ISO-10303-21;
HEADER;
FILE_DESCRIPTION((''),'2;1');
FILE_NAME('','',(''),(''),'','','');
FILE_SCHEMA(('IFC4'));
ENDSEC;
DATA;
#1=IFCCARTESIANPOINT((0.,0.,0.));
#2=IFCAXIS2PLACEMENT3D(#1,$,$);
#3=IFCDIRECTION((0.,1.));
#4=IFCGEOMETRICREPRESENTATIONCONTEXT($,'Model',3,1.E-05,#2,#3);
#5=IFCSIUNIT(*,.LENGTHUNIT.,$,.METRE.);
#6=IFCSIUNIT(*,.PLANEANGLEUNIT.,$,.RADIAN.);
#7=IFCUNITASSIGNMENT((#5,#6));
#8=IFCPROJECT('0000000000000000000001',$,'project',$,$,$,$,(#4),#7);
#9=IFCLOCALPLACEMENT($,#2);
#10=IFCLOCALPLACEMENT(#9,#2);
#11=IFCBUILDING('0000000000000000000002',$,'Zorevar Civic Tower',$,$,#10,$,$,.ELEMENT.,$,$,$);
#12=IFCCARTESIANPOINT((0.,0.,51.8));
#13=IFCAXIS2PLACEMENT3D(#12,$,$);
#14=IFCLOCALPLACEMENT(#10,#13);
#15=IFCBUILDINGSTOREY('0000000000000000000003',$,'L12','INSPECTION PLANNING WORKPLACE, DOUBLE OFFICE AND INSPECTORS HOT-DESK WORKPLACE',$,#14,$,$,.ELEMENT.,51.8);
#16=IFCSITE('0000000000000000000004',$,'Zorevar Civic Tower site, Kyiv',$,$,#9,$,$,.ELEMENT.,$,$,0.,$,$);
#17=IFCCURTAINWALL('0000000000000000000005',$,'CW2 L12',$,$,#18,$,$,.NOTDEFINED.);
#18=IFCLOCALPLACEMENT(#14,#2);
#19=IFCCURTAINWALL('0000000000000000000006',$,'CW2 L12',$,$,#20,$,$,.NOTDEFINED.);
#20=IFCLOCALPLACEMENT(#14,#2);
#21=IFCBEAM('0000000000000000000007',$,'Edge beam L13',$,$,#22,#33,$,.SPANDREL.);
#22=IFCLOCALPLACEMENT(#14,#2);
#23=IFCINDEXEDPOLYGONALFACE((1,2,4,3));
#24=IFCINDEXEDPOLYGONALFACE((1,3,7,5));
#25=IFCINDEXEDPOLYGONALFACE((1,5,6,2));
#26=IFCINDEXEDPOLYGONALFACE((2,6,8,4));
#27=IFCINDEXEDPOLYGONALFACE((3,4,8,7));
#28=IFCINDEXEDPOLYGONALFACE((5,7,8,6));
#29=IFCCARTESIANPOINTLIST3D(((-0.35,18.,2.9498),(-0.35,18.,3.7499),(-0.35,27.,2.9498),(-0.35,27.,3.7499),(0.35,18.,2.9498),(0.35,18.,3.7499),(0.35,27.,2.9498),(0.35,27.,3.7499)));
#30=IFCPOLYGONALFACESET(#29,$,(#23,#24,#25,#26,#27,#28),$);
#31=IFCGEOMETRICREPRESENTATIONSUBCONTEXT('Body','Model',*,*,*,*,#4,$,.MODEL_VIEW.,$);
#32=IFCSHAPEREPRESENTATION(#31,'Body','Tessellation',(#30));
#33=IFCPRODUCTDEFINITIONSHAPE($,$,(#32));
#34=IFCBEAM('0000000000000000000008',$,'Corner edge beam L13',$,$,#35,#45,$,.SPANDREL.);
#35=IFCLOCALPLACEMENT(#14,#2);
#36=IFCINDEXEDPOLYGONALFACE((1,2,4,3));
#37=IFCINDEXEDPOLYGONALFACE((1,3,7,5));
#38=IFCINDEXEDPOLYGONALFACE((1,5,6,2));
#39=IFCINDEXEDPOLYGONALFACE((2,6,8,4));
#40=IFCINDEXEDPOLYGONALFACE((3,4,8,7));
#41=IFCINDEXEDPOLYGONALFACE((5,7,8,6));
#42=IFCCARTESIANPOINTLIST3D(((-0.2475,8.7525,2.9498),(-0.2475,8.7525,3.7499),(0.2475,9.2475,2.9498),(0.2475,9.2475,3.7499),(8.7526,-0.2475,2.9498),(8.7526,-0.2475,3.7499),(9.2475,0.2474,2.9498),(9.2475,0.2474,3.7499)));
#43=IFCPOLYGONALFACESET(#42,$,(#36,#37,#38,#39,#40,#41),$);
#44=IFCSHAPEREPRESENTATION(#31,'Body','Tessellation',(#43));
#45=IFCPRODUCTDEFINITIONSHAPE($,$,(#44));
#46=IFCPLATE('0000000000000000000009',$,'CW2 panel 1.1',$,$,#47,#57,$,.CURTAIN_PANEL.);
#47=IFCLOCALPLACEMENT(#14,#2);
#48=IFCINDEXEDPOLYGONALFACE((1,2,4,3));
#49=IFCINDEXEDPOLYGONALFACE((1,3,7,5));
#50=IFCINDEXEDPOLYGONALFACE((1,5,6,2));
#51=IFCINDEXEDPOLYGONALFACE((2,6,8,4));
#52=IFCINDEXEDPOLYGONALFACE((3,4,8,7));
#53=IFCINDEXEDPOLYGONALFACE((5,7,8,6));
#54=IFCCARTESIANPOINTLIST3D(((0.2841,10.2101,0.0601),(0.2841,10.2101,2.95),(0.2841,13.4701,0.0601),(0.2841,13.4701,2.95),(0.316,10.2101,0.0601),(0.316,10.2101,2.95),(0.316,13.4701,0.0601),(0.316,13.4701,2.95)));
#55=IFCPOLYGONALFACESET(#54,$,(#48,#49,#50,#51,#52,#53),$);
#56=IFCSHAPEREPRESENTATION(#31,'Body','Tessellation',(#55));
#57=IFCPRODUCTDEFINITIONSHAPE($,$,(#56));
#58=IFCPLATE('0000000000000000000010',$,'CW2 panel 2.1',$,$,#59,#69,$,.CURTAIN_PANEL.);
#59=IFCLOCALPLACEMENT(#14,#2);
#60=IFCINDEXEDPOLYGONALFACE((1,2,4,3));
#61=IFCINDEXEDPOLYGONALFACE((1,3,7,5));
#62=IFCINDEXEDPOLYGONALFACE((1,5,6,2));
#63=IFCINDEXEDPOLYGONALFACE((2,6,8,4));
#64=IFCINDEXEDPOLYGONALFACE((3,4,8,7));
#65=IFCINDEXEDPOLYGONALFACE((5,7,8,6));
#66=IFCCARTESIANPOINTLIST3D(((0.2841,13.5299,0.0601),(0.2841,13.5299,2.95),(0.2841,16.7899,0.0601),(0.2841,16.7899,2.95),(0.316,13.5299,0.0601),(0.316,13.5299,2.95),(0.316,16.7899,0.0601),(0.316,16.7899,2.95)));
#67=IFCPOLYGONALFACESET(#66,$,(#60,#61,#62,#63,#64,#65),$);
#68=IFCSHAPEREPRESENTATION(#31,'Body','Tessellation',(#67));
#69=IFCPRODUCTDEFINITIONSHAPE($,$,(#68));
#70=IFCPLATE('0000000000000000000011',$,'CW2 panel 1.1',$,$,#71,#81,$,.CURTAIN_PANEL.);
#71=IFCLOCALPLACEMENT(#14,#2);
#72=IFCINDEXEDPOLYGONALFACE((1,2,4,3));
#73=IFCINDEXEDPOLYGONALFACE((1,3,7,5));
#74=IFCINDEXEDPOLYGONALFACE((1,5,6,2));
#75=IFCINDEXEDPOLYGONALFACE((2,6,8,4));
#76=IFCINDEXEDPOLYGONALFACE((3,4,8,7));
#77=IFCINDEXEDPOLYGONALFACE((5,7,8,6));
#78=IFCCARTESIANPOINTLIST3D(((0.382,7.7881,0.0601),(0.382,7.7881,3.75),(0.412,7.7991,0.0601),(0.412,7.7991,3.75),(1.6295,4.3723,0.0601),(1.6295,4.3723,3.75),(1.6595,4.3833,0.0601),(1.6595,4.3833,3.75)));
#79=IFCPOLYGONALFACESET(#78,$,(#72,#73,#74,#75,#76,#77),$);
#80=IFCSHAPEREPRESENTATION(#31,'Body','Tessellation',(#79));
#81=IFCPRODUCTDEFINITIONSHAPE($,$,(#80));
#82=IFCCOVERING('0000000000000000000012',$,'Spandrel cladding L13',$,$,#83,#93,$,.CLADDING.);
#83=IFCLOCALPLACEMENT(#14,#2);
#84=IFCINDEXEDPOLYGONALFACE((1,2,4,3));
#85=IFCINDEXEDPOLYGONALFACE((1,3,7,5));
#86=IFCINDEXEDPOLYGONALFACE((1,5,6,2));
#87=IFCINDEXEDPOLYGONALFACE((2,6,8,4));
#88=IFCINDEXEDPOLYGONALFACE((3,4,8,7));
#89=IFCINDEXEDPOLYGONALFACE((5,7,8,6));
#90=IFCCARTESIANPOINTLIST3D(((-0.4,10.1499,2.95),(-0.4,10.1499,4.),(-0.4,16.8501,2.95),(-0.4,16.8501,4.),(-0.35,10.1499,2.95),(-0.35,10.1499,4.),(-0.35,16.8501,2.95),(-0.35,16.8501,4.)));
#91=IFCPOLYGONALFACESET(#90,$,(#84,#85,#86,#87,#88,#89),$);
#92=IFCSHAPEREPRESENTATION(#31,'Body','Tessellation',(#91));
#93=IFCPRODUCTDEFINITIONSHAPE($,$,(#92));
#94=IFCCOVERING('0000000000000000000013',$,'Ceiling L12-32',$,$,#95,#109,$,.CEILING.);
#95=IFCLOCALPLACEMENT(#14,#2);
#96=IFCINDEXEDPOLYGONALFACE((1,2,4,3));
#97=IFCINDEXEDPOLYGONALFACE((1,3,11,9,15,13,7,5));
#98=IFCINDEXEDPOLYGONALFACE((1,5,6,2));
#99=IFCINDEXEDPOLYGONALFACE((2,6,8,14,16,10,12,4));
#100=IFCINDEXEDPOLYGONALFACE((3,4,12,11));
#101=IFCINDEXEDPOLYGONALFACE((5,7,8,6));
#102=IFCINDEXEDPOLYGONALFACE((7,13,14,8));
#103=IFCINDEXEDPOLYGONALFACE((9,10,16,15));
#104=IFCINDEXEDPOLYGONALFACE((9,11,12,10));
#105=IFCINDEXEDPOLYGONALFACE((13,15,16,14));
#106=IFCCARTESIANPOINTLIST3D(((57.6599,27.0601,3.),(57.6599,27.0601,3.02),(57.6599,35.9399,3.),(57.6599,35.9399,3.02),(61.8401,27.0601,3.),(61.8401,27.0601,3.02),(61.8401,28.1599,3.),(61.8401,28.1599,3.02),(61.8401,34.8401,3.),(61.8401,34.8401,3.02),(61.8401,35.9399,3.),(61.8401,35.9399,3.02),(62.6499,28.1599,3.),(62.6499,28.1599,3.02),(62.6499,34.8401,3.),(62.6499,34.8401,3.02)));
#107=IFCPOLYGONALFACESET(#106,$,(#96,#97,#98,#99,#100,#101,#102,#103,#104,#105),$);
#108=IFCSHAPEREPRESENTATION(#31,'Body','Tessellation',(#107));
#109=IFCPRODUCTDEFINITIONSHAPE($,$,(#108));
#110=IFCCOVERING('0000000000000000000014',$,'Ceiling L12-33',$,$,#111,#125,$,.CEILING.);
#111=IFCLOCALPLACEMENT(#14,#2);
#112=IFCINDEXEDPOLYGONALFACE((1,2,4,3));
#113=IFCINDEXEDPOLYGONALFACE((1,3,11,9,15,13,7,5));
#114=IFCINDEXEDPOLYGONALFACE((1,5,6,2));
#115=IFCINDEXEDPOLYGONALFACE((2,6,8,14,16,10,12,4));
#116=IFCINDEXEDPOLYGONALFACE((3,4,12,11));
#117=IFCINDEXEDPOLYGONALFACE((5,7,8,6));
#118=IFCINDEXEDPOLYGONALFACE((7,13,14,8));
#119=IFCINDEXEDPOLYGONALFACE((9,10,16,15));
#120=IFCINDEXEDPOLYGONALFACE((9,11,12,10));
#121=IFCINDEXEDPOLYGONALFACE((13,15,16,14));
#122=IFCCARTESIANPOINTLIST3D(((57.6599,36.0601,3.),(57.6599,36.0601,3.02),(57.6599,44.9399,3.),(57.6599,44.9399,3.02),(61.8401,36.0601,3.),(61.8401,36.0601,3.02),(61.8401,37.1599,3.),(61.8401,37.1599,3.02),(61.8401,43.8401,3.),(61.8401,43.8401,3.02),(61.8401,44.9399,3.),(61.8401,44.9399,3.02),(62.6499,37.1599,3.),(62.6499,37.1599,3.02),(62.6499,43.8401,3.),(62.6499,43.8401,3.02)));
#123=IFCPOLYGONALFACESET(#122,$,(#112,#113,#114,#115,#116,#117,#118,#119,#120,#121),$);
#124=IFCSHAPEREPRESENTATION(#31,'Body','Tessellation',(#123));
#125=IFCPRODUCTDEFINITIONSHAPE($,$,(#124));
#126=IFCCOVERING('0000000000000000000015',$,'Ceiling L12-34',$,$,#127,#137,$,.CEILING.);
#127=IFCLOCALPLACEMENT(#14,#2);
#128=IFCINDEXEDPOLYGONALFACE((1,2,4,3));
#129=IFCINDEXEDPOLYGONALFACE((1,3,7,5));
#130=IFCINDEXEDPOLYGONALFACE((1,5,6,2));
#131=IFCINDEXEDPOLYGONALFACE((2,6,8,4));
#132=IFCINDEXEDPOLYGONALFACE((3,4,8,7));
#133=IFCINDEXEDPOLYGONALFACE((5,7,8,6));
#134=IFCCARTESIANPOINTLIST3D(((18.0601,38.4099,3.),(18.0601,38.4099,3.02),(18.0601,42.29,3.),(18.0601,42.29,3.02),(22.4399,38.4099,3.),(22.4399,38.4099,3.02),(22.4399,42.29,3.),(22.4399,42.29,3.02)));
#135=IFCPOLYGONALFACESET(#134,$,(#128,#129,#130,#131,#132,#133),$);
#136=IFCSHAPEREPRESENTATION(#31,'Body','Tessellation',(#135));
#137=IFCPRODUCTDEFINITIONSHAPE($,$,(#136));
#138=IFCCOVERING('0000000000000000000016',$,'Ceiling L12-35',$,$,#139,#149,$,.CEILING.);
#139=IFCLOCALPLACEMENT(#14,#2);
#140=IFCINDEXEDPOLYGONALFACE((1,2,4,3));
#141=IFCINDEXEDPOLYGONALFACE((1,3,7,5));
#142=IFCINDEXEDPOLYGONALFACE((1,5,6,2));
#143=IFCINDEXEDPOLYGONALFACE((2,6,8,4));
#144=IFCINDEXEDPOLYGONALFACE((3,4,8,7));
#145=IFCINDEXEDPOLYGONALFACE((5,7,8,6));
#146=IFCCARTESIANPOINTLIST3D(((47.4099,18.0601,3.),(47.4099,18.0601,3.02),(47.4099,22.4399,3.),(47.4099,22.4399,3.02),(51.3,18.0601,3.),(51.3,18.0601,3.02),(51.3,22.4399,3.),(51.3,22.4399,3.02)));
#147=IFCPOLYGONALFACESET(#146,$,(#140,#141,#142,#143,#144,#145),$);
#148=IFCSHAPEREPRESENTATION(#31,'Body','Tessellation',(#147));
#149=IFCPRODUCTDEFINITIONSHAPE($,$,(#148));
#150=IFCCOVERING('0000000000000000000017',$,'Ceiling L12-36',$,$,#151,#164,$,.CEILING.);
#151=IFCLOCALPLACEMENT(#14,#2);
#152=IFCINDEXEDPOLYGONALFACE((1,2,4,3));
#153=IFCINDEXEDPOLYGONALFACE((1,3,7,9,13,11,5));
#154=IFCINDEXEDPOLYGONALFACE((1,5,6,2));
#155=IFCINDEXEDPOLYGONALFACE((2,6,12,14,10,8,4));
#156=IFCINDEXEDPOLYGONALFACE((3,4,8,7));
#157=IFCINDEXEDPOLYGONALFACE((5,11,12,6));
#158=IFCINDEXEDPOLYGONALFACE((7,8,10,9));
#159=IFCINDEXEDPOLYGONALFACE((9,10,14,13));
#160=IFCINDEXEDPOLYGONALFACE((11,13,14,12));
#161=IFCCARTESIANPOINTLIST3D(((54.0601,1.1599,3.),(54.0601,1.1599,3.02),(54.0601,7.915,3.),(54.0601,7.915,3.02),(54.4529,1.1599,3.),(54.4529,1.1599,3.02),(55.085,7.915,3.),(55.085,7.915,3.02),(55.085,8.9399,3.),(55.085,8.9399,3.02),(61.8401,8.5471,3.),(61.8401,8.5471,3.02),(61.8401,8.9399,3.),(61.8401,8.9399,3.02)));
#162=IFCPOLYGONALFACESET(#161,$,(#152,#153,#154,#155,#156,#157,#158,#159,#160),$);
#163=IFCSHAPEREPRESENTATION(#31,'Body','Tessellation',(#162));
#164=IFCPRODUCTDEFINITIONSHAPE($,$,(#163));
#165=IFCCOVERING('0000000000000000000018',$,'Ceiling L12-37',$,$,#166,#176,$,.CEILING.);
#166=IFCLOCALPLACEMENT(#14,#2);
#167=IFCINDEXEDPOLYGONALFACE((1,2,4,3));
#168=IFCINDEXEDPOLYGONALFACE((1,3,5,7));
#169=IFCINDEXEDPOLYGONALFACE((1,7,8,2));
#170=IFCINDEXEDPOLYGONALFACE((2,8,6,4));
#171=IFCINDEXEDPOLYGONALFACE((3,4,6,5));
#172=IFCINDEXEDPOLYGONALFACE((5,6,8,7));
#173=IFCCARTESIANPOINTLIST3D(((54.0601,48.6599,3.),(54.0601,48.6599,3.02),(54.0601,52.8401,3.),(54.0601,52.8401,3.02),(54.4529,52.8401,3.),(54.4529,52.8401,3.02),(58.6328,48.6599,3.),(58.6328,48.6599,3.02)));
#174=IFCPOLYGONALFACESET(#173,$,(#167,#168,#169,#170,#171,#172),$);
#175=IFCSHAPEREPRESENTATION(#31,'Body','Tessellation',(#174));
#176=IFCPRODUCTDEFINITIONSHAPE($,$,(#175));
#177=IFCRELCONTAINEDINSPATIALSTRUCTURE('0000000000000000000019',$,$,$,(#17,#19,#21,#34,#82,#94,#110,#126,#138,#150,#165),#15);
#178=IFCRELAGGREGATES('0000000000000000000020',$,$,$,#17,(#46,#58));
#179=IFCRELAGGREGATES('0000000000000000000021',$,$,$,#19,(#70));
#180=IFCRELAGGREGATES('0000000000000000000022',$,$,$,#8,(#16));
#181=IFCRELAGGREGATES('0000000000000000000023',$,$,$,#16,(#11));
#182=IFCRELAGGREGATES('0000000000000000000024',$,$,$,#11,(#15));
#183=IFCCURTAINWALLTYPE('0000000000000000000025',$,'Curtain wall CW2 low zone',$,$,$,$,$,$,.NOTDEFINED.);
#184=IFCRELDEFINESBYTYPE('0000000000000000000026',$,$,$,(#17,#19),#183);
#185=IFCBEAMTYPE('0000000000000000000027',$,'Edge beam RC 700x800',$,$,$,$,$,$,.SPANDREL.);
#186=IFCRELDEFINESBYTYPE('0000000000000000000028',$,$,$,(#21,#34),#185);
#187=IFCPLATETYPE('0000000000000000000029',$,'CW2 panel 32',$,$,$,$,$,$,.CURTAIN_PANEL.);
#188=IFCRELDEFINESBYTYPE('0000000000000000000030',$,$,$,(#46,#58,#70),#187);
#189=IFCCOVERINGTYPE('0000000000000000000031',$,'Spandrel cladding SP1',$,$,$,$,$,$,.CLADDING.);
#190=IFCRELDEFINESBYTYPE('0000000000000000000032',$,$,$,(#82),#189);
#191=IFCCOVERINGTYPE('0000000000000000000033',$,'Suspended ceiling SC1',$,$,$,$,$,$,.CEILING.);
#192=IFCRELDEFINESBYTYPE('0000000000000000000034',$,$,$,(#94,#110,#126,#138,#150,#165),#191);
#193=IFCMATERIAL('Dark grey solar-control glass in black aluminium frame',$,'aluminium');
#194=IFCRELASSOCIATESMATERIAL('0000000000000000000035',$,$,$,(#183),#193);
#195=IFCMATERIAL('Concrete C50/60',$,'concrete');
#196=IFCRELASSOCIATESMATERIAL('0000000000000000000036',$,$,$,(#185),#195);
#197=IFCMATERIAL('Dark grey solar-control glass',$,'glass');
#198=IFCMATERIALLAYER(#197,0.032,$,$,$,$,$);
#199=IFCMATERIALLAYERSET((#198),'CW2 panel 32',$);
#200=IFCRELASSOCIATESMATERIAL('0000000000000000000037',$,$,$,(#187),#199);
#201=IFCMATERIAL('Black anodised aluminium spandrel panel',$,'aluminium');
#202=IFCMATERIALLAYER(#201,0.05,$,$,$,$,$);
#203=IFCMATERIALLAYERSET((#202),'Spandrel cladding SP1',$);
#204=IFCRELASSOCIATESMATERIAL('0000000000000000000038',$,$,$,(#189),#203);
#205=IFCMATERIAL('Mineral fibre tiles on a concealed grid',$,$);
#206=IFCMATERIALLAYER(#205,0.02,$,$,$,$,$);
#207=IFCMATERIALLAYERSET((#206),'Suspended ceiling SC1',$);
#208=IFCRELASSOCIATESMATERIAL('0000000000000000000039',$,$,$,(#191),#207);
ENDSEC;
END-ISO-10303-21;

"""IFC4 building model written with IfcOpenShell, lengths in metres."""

from ifc_helpers import new_model, si_unit, direction, frame, frame_2d, origin, origin_2d, place, context, subcontext, project, spatial, polyline, rectangle, outline, extrude, material, layer, layer_set, material_profile, profile_set, type_object, element, aggregate, save


model = new_model("IFC4")

# Units and contexts
model_context = context("Model", 3, precision=1e-05, world=origin(), true_north=direction((0.0, 1.0)))
body_context = subcontext(model_context, "Body", "Model", "MODEL_VIEW")
ifc_project = project(units=[si_unit("LENGTHUNIT", "METRE"), si_unit("PLANEANGLEUNIT", "RADIAN")], contexts=[model_context])

# Site, building, storey
site_placement = place(None, origin())
site = spatial("IfcSite", under=ifc_project, at=site_placement, Name="Zorevar Civic Tower site, Kyiv", CompositionType="ELEMENT", RefElevation=0.0)
building_placement = place(site_placement, origin())
building = spatial("IfcBuilding", under=site, at=building_placement, Name="Zorevar Civic Tower", CompositionType="ELEMENT")
storey_placement = place(building_placement, frame((0.0, 0.0, 51.8)))
storey = spatial("IfcBuildingStorey", under=building, at=storey_placement, Name="L12", Description="INSPECTION PLANNING WORKPLACE, DOUBLE OFFICE AND INSPECTORS HOT-DESK WORKPLACE", CompositionType="ELEMENT", Elevation=51.8)

# Curtain wall
ifc_material_1 = material(Name="Dark grey solar-control glass in black aluminium frame", Category="aluminium")
curtain_wall_type = type_object("IfcCurtainWallType", Name="Curtain wall CW2 low zone", PredefinedType="NOTDEFINED", material=ifc_material_1)
curtain_wall_1_placement = place(storey_placement, origin())
curtain_wall_1 = element("IfcCurtainWall", 1, at=curtain_wall_1_placement, inside=storey, type_object=curtain_wall_type, Name="CW2 L12", PredefinedType="NOTDEFINED")

# Curtain wall
curtain_wall_2_placement = place(storey_placement, origin())
curtain_wall_2 = element("IfcCurtainWall", 2, at=curtain_wall_2_placement, inside=storey, type_object=curtain_wall_type, Name="CW2 L12", PredefinedType="NOTDEFINED")

# Beams
ifc_material_2 = material(Name="Concrete C50/60", Category="concrete")
ifc_material_profile_1 = material_profile(ifc_material_2, rectangle(XDim=0.7, YDim=0.8, at=origin_2d()), Name="RC 700x800")
ifc_profile_set_1 = profile_set([ifc_material_profile_1], Name="Concrete C50/60")
beam_type_1 = type_object("IfcBeamType", Name="Edge beam RC 700x800", PredefinedType="SPANDREL", material=ifc_profile_set_1)
for number, where, z_axis, x_axis, name in (
    (3, (0.0, 18.0, 3.3499), (0.0, 1.0, 0.0), (-1.0, 0.0, 0.0), "Edge beam L13"),
):
    element("IfcBeam", number, at=place(storey_placement, frame(where, z_axis=z_axis, x_axis=x_axis)), inside=storey, type_object=beam_type_1, Name=name, PredefinedType="SPANDREL", context=body_context, shape_type="SweptSolid", body=[
        extrude(rectangle(XDim=0.7, YDim=0.8, at=origin_2d()), origin(), (0.0, 0.0, 1.0), 9.0),
    ])
beam_1_placement = place(storey_placement, frame((0.0, 9.0, 3.3499), z_axis=(0.707107, -0.707107, 0.0), x_axis=(0.707107, 0.707107, 0.0)))
element("IfcBeam", 4, at=beam_1_placement, inside=storey, type_object=beam_type_1, Name="Corner edge beam L13", PredefinedType="SPANDREL", context=body_context, shape_type="SweptSolid", body=[
    extrude(rectangle(XDim=0.7, YDim=0.8, at=origin_2d()), origin(), (0.0, 0.0, 1.0), 12.728),
])

# Plates
ifc_material_3 = material(Name="Dark grey solar-control glass", Category="glass")
ifc_layer_1 = layer(ifc_material_3, 0.032)
ifc_layer_set_1 = layer_set([ifc_layer_1], Name="CW2 panel 32")
plate_type = type_object("IfcPlateType", Name="CW2 panel 32", PredefinedType="CURTAIN_PANEL", material=ifc_layer_set_1)
plate_1_placement = place(storey_placement, frame((0.3, 11.8401, 0.0601), z_axis=(0.0, 0.0, 1.0), x_axis=(0.0, 1.0, 0.0)))
plate_1 = element("IfcPlate", 5, at=plate_1_placement, type_object=plate_type, Name="CW2 panel 1.1", PredefinedType="CURTAIN_PANEL", context=body_context, shape_type="SweptSolid", body=[
    extrude(rectangle(XDim=3.26, YDim=0.032, at=origin_2d()), origin(), (0.0, 0.0, 1.0), 2.8899),
])
plate_2_placement = place(storey_placement, frame((0.3, 15.1599, 0.0601), z_axis=(0.0, 0.0, 1.0), x_axis=(0.0, 1.0, 0.0)))
plate_2 = element("IfcPlate", 6, at=plate_2_placement, type_object=plate_type, Name="CW2 panel 2.1", PredefinedType="CURTAIN_PANEL", context=body_context, shape_type="SweptSolid", body=[
    extrude(rectangle(XDim=3.26, YDim=0.032, at=origin_2d()), origin(), (0.0, 0.0, 1.0), 2.8899),
])
aggregate(curtain_wall_1, [plate_1, plate_2])
plate_3_placement = place(storey_placement, frame((1.0208, 6.0857, 0.0601), z_axis=(0.0, 0.0, 1.0), x_axis=(0.34306, -0.939313, 0.0)))
plate_3 = element("IfcPlate", 7, at=plate_3_placement, type_object=plate_type, Name="CW2 panel 1.1", PredefinedType="CURTAIN_PANEL", context=body_context, shape_type="SweptSolid", body=[
    extrude(rectangle(XDim=3.6365, YDim=0.032, at=origin_2d()), origin(), (0.0, 0.0, 1.0), 3.6899),
])
aggregate(curtain_wall_2, [plate_3])

# Coverings
ifc_material_4 = material(Name="Black anodised aluminium spandrel panel", Category="aluminium")
ifc_layer_2 = layer(ifc_material_4, 0.05)
ifc_layer_set_2 = layer_set([ifc_layer_2], Name="Spandrel cladding SP1")
covering_type_1 = type_object("IfcCoveringType", Name="Spandrel cladding SP1", PredefinedType="CLADDING", material=ifc_layer_set_2)
covering_1_placement = place(storey_placement, frame((-0.375, 10.1499, 2.95), z_axis=(0.0, 0.0, 1.0), x_axis=(0.0, 1.0, 0.0)))
element("IfcCovering", 8, at=covering_1_placement, inside=storey, type_object=covering_type_1, Name="Spandrel cladding L13", PredefinedType="CLADDING", context=body_context, shape_type="SweptSolid", body=[
    extrude(rectangle(XDim=6.7002, YDim=0.05, at=frame_2d((3.3501, 0.0))), origin(), (0.0, 0.0, 1.0), 1.05),
])
ifc_material_5 = material(Name="Mineral fibre tiles on a concealed grid")
ifc_layer_3 = layer(ifc_material_5, 0.02)
ifc_layer_set_3 = layer_set([ifc_layer_3], Name="Suspended ceiling SC1")
covering_type_2 = type_object("IfcCoveringType", Name="Suspended ceiling SC1", PredefinedType="CEILING", material=ifc_layer_set_3)
covering_2_placement = place(storey_placement, frame((0.0, 0.0, 3.0)))
element("IfcCovering", 9, at=covering_2_placement, inside=storey, type_object=covering_type_2, Name="Ceiling L12-32", PredefinedType="CEILING", context=body_context, shape_type="SweptSolid", body=[
    extrude(outline(polyline([(62.6499, 28.1599), (61.8401, 28.1599), (61.8401, 27.0601), (57.6599, 27.0601), (57.6599, 35.9399), (61.8401, 35.9399), (61.8401, 34.8401), (62.6499, 34.8401), (62.6499, 28.1599)])), origin(), (0.0, 0.0, 1.0), 0.02),
])
covering_3_placement = place(storey_placement, frame((0.0, 0.0, 3.0)))
element("IfcCovering", 10, at=covering_3_placement, inside=storey, type_object=covering_type_2, Name="Ceiling L12-33", PredefinedType="CEILING", context=body_context, shape_type="SweptSolid", body=[
    extrude(outline(polyline([(62.6499, 37.1599), (61.8401, 37.1599), (61.8401, 36.0601), (57.6599, 36.0601), (57.6599, 44.9399), (61.8401, 44.9399), (61.8401, 43.8401), (62.6499, 43.8401), (62.6499, 37.1599)])), origin(), (0.0, 0.0, 1.0), 0.02),
])
covering_4_placement = place(storey_placement, frame((0.0, 0.0, 3.0)))
element("IfcCovering", 11, at=covering_4_placement, inside=storey, type_object=covering_type_2, Name="Ceiling L12-34", PredefinedType="CEILING", context=body_context, shape_type="SweptSolid", body=[
    extrude(outline(polyline([(18.0601, 42.29), (22.4399, 42.29), (22.4399, 38.4099), (18.0601, 38.4099), (18.0601, 42.29)])), origin(), (0.0, 0.0, 1.0), 0.02),
])
covering_5_placement = place(storey_placement, frame((0.0, 0.0, 3.0)))
element("IfcCovering", 12, at=covering_5_placement, inside=storey, type_object=covering_type_2, Name="Ceiling L12-35", PredefinedType="CEILING", context=body_context, shape_type="SweptSolid", body=[
    extrude(outline(polyline([(47.4099, 18.0601), (47.4099, 22.4399), (51.3, 22.4399), (51.3, 18.0601), (47.4099, 18.0601)])), origin(), (0.0, 0.0, 1.0), 0.02),
])
covering_6_placement = place(storey_placement, frame((0.0, 0.0, 3.0)))
element("IfcCovering", 13, at=covering_6_placement, inside=storey, type_object=covering_type_2, Name="Ceiling L12-36", PredefinedType="CEILING", context=body_context, shape_type="SweptSolid", body=[
    extrude(outline(polyline([(54.0601, 1.1599), (54.0601, 7.915), (55.085, 7.915), (55.085, 8.9399), (61.8401, 8.9399), (61.8401, 8.5471), (54.4529, 1.1599), (54.0601, 1.1599)])), origin(), (0.0, 0.0, 1.0), 0.02),
])
covering_7_placement = place(storey_placement, frame((0.0, 0.0, 3.0)))
element("IfcCovering", 14, at=covering_7_placement, inside=storey, type_object=covering_type_2, Name="Ceiling L12-37", PredefinedType="CEILING", context=body_context, shape_type="SweptSolid", body=[
    extrude(outline(polyline([(54.0601, 48.6599), (54.0601, 52.8401), (54.4529, 52.8401), (58.6328, 48.6599), (54.0601, 48.6599)])), origin(), (0.0, 0.0, 1.0), 0.02),
])

save(model, "model.ifc")
